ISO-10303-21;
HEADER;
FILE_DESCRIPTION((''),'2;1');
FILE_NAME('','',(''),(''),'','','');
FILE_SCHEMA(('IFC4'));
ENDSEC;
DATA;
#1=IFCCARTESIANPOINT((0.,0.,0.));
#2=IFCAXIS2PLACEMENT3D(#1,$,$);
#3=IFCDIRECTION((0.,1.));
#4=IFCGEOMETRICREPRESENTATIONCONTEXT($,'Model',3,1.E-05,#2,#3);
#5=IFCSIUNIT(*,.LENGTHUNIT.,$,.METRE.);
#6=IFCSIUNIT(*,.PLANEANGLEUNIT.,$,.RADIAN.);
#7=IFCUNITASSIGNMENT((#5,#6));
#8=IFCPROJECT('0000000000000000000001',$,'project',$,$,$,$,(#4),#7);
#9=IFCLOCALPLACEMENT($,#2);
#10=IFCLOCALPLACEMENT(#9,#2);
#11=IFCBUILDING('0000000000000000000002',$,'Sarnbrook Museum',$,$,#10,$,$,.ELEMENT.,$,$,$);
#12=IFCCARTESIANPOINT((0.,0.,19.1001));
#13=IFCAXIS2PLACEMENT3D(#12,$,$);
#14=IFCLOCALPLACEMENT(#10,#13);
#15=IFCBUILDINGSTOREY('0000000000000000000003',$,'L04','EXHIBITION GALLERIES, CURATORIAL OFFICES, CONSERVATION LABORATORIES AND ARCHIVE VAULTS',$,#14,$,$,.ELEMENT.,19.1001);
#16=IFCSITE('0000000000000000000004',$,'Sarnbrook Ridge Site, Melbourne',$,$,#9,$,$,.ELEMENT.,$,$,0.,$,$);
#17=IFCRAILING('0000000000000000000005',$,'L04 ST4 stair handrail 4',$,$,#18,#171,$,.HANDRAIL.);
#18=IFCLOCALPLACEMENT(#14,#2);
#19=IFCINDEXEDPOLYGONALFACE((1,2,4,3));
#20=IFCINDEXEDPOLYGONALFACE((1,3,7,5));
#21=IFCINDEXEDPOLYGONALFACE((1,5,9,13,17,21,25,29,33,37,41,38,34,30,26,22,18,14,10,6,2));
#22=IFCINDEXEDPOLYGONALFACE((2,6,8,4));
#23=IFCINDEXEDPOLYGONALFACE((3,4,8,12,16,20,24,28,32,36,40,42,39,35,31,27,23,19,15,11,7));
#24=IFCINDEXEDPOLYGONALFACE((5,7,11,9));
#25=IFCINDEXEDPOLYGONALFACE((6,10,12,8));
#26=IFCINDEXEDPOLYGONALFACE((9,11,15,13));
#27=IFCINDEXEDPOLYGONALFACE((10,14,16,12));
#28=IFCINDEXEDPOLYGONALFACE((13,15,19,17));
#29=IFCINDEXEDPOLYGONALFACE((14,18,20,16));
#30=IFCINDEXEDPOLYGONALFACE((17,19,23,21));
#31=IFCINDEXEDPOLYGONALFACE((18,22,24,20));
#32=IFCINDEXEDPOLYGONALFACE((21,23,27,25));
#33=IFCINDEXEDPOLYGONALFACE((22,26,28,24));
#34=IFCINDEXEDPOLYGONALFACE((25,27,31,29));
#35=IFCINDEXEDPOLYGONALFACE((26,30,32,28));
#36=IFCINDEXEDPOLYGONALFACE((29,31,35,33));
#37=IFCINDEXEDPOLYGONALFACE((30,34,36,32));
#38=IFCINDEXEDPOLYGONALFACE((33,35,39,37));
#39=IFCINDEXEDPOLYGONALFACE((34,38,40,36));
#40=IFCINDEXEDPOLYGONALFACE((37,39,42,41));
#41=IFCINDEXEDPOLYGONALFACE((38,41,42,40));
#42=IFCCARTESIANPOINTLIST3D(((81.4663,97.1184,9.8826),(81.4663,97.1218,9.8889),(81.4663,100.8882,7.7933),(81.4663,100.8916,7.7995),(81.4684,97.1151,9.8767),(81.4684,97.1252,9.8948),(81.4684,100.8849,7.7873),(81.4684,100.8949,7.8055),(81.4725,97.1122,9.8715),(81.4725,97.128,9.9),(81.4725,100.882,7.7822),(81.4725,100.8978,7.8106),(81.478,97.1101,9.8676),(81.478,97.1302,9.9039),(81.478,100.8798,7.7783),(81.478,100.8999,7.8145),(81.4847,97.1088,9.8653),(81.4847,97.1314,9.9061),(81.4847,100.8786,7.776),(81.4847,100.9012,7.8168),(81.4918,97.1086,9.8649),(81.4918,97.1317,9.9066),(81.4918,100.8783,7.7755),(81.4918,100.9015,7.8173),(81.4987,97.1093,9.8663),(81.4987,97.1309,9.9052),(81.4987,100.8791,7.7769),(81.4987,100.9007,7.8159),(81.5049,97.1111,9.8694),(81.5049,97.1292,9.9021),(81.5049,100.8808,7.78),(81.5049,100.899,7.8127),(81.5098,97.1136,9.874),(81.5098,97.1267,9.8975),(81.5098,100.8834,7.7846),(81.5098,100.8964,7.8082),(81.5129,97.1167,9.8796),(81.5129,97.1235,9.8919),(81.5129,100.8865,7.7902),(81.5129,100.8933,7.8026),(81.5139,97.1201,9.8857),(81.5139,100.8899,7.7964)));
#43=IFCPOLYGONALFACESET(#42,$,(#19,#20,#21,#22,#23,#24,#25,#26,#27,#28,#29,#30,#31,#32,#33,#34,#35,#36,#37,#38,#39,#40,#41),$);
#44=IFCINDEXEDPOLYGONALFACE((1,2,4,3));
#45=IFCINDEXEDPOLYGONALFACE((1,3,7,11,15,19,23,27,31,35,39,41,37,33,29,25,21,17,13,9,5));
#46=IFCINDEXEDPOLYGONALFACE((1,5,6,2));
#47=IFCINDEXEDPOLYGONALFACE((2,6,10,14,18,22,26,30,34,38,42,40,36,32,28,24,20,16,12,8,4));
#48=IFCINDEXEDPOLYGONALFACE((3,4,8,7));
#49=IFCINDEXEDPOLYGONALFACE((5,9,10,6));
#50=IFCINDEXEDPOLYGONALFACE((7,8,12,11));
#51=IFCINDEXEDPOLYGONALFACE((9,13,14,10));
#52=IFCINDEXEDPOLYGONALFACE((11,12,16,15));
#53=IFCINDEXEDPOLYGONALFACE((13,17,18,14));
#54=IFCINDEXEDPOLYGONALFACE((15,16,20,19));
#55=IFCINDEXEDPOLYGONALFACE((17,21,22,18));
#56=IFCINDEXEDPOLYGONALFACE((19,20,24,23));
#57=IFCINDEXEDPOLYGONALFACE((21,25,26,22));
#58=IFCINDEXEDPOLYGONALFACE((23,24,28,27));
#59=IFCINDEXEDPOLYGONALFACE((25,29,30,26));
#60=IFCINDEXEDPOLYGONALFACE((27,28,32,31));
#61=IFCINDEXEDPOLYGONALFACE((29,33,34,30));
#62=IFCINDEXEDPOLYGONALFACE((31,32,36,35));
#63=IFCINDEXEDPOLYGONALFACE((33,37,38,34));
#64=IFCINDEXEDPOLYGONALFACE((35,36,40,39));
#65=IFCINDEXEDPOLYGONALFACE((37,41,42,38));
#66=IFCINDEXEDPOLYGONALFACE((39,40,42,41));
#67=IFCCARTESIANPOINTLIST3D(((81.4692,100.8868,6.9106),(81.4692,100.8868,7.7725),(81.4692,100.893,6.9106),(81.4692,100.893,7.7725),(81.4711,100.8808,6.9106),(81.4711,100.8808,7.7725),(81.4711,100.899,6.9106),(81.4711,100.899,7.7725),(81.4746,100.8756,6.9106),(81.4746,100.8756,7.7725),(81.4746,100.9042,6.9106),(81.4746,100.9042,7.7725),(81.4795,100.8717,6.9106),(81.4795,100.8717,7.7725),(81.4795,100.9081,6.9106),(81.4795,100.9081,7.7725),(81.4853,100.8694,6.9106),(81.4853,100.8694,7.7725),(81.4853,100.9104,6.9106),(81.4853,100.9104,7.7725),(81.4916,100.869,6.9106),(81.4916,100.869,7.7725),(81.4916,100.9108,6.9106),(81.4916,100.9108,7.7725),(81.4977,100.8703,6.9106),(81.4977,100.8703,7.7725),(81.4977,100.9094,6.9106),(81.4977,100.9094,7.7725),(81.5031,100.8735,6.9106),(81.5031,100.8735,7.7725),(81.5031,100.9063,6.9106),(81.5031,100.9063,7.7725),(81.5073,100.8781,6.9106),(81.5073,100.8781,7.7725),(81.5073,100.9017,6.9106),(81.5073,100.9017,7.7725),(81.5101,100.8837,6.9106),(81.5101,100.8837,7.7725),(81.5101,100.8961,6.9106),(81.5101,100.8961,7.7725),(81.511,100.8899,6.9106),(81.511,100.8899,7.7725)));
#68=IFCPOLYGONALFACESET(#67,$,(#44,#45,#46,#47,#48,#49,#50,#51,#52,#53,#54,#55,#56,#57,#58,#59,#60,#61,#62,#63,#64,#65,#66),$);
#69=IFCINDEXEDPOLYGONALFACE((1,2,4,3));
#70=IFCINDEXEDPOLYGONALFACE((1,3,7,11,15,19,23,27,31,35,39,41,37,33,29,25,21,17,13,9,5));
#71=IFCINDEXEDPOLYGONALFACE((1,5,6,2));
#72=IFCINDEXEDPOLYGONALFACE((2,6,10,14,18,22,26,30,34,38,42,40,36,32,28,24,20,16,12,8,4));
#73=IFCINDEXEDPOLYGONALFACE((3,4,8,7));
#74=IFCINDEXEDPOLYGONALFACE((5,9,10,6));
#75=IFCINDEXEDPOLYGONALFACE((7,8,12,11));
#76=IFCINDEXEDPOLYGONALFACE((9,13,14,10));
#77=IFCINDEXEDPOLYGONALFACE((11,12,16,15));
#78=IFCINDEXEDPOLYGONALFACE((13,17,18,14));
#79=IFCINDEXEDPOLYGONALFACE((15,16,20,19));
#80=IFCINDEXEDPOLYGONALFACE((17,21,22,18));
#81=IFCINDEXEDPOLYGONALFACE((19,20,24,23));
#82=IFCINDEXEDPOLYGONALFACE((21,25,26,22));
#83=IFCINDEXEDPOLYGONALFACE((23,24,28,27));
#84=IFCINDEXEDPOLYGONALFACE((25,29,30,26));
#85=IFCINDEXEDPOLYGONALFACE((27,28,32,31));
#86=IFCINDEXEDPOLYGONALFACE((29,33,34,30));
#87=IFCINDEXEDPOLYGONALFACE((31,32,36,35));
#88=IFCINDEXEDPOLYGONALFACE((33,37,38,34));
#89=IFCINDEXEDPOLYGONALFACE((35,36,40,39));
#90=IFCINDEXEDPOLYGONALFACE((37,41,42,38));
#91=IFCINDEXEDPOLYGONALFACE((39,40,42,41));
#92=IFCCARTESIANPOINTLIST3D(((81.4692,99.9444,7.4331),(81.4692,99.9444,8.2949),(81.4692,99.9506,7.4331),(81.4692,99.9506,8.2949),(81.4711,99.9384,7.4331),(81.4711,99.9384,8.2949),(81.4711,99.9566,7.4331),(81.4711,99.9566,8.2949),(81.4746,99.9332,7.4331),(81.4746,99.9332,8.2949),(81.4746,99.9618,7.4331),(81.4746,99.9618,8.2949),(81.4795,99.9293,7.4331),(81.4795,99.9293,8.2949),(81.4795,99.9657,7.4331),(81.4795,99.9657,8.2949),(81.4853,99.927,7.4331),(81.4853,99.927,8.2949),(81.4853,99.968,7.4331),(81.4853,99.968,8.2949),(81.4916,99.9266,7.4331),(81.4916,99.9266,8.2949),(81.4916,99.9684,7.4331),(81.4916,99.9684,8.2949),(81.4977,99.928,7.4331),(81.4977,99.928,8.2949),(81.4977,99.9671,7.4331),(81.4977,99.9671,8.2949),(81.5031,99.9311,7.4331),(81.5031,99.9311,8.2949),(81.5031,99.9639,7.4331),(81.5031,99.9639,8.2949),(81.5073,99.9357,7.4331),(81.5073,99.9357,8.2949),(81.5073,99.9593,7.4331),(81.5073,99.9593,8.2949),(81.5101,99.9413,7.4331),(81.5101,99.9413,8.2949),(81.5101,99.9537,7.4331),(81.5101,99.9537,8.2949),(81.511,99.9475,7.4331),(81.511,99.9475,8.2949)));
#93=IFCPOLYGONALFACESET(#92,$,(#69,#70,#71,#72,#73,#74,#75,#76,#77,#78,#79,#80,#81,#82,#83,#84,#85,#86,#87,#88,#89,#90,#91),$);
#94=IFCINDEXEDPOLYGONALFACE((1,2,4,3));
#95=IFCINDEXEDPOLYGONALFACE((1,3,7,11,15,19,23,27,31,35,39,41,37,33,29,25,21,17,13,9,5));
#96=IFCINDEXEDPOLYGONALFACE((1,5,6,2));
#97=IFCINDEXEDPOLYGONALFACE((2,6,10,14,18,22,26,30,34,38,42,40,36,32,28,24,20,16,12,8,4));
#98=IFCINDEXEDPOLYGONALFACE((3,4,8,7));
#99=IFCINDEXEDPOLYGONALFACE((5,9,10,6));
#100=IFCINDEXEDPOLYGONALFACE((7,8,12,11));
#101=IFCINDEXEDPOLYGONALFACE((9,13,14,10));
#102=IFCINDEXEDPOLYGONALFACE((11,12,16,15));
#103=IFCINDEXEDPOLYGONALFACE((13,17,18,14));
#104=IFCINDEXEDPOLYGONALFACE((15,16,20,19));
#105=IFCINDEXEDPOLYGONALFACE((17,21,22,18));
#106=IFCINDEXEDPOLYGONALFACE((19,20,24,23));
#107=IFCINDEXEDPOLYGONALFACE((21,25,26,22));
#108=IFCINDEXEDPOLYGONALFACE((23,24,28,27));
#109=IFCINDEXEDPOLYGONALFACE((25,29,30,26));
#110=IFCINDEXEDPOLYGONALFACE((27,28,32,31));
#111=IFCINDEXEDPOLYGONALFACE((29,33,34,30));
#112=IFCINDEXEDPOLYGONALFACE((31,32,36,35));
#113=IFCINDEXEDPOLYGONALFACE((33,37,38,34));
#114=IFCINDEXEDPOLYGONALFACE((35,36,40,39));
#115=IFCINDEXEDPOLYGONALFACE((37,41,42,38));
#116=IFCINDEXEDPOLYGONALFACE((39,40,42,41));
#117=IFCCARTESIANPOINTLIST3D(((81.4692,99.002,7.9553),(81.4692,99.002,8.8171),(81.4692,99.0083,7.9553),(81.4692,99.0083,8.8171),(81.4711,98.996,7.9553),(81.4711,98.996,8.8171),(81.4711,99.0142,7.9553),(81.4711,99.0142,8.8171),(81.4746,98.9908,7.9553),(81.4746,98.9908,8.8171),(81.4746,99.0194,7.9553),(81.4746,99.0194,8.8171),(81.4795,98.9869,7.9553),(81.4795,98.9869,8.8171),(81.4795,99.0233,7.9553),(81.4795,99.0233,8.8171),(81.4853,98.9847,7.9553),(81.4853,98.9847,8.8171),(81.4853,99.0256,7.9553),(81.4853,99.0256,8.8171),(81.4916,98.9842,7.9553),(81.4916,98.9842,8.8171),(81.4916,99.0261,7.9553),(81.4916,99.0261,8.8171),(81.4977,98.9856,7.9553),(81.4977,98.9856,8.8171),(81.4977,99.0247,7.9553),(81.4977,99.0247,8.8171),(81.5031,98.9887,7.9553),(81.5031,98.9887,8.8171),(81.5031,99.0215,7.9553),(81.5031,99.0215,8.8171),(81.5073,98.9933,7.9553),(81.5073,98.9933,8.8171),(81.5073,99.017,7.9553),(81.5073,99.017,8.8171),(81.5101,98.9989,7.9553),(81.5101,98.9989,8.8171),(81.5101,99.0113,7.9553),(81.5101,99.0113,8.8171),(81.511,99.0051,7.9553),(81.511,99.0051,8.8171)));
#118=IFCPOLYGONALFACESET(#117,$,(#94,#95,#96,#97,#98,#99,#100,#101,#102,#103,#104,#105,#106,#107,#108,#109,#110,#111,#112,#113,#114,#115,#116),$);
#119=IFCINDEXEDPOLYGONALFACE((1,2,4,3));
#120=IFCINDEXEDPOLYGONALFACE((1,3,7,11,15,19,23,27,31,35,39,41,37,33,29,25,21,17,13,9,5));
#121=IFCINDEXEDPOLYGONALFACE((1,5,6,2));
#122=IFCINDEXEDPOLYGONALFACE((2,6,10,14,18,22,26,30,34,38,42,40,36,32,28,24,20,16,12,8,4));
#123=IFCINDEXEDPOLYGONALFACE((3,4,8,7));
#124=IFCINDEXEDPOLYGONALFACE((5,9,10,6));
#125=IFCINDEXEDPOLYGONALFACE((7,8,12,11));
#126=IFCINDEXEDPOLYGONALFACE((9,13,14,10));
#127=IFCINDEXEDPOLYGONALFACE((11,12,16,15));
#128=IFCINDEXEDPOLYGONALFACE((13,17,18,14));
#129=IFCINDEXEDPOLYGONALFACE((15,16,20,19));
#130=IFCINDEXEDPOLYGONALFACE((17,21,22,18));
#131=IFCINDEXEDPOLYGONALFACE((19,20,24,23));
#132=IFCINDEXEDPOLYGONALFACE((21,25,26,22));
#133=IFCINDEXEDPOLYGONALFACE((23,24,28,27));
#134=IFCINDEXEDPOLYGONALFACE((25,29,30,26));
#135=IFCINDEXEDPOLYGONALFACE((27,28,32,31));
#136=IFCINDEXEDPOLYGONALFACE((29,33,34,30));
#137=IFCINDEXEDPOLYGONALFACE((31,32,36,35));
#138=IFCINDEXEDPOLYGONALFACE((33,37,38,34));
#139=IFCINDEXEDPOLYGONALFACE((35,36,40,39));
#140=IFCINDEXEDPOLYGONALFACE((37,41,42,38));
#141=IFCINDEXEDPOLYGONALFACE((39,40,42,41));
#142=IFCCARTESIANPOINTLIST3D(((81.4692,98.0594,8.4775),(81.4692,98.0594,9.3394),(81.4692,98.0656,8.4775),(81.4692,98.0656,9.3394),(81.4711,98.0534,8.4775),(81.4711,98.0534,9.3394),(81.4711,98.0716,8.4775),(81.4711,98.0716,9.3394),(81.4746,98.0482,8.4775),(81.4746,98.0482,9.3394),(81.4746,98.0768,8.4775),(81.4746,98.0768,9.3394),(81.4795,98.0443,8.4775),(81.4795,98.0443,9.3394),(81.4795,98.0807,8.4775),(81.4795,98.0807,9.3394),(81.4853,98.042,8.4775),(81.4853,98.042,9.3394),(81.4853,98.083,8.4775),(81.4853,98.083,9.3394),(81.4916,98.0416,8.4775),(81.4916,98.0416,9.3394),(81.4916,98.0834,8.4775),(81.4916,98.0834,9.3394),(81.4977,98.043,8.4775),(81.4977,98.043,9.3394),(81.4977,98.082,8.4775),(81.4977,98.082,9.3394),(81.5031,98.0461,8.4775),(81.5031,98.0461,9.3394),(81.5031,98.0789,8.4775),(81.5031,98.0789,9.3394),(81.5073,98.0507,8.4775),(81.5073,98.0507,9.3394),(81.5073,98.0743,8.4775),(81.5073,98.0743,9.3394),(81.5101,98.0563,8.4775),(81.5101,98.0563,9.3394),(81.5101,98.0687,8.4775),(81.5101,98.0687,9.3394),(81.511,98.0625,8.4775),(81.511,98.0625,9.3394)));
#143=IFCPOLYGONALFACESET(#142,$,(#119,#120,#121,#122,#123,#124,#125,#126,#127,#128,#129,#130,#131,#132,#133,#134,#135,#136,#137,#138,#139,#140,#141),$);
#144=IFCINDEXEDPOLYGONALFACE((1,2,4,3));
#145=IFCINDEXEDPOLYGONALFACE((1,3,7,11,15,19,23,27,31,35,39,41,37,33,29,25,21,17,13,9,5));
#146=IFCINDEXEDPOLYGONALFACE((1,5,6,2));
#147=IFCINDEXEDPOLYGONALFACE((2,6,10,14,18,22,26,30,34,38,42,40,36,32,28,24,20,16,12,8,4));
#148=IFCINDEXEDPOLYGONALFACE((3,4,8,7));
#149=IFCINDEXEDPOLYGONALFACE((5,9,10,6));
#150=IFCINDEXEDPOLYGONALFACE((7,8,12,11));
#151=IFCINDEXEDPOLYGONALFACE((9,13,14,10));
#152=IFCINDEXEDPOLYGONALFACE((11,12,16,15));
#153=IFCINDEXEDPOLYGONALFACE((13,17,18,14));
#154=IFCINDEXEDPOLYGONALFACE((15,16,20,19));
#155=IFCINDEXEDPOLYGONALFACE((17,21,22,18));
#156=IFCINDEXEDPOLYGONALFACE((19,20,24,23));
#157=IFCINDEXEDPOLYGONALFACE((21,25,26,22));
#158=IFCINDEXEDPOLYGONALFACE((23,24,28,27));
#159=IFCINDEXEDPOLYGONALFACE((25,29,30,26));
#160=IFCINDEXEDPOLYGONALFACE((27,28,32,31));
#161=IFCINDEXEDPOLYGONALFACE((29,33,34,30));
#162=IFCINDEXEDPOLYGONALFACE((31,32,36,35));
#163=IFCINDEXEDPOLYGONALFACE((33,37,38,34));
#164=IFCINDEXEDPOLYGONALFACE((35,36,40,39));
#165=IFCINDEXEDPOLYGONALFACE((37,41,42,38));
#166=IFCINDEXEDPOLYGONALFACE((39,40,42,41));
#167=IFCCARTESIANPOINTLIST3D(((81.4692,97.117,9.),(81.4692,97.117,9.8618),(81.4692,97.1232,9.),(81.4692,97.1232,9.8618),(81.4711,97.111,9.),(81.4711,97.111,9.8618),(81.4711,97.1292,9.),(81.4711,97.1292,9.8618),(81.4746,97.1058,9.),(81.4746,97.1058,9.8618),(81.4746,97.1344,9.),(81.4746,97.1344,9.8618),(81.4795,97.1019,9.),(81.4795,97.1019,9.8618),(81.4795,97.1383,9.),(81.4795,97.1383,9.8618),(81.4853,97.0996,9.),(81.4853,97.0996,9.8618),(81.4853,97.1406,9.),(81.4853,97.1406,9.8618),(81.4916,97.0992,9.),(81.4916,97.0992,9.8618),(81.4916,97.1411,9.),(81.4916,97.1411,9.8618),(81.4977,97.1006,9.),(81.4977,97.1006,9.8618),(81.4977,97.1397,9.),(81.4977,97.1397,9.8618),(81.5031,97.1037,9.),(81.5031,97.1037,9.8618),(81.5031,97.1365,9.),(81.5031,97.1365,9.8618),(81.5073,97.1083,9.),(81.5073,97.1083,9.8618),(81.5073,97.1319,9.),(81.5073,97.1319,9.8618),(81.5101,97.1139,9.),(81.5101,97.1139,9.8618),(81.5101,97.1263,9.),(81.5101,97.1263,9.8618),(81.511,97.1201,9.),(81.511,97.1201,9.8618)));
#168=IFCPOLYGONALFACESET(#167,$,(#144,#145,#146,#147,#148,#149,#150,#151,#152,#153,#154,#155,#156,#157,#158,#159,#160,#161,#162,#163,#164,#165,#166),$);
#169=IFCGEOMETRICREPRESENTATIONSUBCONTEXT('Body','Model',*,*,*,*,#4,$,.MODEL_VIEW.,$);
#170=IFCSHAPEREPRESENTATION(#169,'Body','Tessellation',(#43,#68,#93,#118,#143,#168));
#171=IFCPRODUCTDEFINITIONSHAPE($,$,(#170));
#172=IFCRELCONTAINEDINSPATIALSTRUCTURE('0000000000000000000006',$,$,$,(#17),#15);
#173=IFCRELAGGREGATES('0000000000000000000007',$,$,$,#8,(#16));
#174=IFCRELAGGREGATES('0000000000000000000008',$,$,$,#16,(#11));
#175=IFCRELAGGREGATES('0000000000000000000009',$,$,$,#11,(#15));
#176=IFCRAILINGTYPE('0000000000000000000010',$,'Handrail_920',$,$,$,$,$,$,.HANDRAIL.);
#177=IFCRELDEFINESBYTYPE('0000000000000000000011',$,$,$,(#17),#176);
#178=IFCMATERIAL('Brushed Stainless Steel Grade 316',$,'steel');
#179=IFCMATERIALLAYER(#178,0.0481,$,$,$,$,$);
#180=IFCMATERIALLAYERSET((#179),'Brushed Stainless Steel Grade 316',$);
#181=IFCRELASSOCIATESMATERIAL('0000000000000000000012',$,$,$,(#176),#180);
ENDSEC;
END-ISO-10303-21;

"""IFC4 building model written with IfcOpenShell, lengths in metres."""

from ifc_helpers import new_model, si_unit, direction, frame, origin, origin_2d, place, context, subcontext, project, spatial, circle, extrude, material, layer, layer_set, type_object, element, save


model = new_model("IFC4")

# Units and contexts
model_context = context("Model", 3, precision=1e-05, world=origin(), true_north=direction((0.0, 1.0)))
body_context = subcontext(model_context, "Body", "Model", "MODEL_VIEW")
ifc_project = project(units=[si_unit("LENGTHUNIT", "METRE"), si_unit("PLANEANGLEUNIT", "RADIAN")], contexts=[model_context])

# Site, building, storey
site_placement = place(None, origin())
site = spatial("IfcSite", under=ifc_project, at=site_placement, Name="Sarnbrook Ridge Site, Melbourne", CompositionType="ELEMENT", RefElevation=0.0)
building_placement = place(site_placement, origin())
building = spatial("IfcBuilding", under=site, at=building_placement, Name="Sarnbrook Museum", CompositionType="ELEMENT")
storey_placement = place(building_placement, frame((0.0, 0.0, 19.1001)))
storey = spatial("IfcBuildingStorey", under=building, at=storey_placement, Name="L04", Description="EXHIBITION GALLERIES, CURATORIAL OFFICES, CONSERVATION LABORATORIES AND ARCHIVE VAULTS", CompositionType="ELEMENT", Elevation=19.1001)

# Shared definitions
ifc_material_1 = material(Name="Brushed Stainless Steel Grade 316", Category="steel")

# Railing
ifc_layer_1 = layer(ifc_material_1, 0.0481)
ifc_layer_set_1 = layer_set([ifc_layer_1], Name="Brushed Stainless Steel Grade 316")
railing_type_1 = type_object("IfcRailingType", Name="Handrail_920", PredefinedType="HANDRAIL", material=ifc_layer_set_1)
railing_1_placement = place(storey_placement, frame((81.49, 100.8899, 6.9106)))
element("IfcRailing", 1, at=railing_1_placement, inside=storey, type_object=railing_type_1, Name="L04 ST4 stair handrail 4", PredefinedType="HANDRAIL", context=body_context, shape_type="SweptSolid", body=[
    extrude(circle(Radius=0.0239, at=origin_2d()), frame((0.0, 0.0, 0.8857), z_axis=(0.0, -0.874646, 0.484763), x_axis=(1.0, 0.0, 0.0)), (0.0, 0.0, 1.0), 4.3101),
    extrude(circle(Radius=0.021, at=origin_2d()), origin(), (0.0, 0.0, 1.0), 0.8618),
    extrude(circle(Radius=0.021, at=origin_2d()), frame((0.0, -0.9424, 0.5225)), (0.0, 0.0, 1.0), 0.8618),
    extrude(circle(Radius=0.021, at=origin_2d()), frame((0.0, -1.8848, 1.0447)), (0.0, 0.0, 1.0), 0.8618),
    extrude(circle(Radius=0.021, at=origin_2d()), frame((0.0, -2.8274, 1.5669)), (0.0, 0.0, 1.0), 0.8618),
    extrude(circle(Radius=0.021, at=origin_2d()), frame((0.0, -3.7698, 2.0894)), (0.0, 0.0, 1.0), 0.8618),
])

save(model, "model.ifc")
